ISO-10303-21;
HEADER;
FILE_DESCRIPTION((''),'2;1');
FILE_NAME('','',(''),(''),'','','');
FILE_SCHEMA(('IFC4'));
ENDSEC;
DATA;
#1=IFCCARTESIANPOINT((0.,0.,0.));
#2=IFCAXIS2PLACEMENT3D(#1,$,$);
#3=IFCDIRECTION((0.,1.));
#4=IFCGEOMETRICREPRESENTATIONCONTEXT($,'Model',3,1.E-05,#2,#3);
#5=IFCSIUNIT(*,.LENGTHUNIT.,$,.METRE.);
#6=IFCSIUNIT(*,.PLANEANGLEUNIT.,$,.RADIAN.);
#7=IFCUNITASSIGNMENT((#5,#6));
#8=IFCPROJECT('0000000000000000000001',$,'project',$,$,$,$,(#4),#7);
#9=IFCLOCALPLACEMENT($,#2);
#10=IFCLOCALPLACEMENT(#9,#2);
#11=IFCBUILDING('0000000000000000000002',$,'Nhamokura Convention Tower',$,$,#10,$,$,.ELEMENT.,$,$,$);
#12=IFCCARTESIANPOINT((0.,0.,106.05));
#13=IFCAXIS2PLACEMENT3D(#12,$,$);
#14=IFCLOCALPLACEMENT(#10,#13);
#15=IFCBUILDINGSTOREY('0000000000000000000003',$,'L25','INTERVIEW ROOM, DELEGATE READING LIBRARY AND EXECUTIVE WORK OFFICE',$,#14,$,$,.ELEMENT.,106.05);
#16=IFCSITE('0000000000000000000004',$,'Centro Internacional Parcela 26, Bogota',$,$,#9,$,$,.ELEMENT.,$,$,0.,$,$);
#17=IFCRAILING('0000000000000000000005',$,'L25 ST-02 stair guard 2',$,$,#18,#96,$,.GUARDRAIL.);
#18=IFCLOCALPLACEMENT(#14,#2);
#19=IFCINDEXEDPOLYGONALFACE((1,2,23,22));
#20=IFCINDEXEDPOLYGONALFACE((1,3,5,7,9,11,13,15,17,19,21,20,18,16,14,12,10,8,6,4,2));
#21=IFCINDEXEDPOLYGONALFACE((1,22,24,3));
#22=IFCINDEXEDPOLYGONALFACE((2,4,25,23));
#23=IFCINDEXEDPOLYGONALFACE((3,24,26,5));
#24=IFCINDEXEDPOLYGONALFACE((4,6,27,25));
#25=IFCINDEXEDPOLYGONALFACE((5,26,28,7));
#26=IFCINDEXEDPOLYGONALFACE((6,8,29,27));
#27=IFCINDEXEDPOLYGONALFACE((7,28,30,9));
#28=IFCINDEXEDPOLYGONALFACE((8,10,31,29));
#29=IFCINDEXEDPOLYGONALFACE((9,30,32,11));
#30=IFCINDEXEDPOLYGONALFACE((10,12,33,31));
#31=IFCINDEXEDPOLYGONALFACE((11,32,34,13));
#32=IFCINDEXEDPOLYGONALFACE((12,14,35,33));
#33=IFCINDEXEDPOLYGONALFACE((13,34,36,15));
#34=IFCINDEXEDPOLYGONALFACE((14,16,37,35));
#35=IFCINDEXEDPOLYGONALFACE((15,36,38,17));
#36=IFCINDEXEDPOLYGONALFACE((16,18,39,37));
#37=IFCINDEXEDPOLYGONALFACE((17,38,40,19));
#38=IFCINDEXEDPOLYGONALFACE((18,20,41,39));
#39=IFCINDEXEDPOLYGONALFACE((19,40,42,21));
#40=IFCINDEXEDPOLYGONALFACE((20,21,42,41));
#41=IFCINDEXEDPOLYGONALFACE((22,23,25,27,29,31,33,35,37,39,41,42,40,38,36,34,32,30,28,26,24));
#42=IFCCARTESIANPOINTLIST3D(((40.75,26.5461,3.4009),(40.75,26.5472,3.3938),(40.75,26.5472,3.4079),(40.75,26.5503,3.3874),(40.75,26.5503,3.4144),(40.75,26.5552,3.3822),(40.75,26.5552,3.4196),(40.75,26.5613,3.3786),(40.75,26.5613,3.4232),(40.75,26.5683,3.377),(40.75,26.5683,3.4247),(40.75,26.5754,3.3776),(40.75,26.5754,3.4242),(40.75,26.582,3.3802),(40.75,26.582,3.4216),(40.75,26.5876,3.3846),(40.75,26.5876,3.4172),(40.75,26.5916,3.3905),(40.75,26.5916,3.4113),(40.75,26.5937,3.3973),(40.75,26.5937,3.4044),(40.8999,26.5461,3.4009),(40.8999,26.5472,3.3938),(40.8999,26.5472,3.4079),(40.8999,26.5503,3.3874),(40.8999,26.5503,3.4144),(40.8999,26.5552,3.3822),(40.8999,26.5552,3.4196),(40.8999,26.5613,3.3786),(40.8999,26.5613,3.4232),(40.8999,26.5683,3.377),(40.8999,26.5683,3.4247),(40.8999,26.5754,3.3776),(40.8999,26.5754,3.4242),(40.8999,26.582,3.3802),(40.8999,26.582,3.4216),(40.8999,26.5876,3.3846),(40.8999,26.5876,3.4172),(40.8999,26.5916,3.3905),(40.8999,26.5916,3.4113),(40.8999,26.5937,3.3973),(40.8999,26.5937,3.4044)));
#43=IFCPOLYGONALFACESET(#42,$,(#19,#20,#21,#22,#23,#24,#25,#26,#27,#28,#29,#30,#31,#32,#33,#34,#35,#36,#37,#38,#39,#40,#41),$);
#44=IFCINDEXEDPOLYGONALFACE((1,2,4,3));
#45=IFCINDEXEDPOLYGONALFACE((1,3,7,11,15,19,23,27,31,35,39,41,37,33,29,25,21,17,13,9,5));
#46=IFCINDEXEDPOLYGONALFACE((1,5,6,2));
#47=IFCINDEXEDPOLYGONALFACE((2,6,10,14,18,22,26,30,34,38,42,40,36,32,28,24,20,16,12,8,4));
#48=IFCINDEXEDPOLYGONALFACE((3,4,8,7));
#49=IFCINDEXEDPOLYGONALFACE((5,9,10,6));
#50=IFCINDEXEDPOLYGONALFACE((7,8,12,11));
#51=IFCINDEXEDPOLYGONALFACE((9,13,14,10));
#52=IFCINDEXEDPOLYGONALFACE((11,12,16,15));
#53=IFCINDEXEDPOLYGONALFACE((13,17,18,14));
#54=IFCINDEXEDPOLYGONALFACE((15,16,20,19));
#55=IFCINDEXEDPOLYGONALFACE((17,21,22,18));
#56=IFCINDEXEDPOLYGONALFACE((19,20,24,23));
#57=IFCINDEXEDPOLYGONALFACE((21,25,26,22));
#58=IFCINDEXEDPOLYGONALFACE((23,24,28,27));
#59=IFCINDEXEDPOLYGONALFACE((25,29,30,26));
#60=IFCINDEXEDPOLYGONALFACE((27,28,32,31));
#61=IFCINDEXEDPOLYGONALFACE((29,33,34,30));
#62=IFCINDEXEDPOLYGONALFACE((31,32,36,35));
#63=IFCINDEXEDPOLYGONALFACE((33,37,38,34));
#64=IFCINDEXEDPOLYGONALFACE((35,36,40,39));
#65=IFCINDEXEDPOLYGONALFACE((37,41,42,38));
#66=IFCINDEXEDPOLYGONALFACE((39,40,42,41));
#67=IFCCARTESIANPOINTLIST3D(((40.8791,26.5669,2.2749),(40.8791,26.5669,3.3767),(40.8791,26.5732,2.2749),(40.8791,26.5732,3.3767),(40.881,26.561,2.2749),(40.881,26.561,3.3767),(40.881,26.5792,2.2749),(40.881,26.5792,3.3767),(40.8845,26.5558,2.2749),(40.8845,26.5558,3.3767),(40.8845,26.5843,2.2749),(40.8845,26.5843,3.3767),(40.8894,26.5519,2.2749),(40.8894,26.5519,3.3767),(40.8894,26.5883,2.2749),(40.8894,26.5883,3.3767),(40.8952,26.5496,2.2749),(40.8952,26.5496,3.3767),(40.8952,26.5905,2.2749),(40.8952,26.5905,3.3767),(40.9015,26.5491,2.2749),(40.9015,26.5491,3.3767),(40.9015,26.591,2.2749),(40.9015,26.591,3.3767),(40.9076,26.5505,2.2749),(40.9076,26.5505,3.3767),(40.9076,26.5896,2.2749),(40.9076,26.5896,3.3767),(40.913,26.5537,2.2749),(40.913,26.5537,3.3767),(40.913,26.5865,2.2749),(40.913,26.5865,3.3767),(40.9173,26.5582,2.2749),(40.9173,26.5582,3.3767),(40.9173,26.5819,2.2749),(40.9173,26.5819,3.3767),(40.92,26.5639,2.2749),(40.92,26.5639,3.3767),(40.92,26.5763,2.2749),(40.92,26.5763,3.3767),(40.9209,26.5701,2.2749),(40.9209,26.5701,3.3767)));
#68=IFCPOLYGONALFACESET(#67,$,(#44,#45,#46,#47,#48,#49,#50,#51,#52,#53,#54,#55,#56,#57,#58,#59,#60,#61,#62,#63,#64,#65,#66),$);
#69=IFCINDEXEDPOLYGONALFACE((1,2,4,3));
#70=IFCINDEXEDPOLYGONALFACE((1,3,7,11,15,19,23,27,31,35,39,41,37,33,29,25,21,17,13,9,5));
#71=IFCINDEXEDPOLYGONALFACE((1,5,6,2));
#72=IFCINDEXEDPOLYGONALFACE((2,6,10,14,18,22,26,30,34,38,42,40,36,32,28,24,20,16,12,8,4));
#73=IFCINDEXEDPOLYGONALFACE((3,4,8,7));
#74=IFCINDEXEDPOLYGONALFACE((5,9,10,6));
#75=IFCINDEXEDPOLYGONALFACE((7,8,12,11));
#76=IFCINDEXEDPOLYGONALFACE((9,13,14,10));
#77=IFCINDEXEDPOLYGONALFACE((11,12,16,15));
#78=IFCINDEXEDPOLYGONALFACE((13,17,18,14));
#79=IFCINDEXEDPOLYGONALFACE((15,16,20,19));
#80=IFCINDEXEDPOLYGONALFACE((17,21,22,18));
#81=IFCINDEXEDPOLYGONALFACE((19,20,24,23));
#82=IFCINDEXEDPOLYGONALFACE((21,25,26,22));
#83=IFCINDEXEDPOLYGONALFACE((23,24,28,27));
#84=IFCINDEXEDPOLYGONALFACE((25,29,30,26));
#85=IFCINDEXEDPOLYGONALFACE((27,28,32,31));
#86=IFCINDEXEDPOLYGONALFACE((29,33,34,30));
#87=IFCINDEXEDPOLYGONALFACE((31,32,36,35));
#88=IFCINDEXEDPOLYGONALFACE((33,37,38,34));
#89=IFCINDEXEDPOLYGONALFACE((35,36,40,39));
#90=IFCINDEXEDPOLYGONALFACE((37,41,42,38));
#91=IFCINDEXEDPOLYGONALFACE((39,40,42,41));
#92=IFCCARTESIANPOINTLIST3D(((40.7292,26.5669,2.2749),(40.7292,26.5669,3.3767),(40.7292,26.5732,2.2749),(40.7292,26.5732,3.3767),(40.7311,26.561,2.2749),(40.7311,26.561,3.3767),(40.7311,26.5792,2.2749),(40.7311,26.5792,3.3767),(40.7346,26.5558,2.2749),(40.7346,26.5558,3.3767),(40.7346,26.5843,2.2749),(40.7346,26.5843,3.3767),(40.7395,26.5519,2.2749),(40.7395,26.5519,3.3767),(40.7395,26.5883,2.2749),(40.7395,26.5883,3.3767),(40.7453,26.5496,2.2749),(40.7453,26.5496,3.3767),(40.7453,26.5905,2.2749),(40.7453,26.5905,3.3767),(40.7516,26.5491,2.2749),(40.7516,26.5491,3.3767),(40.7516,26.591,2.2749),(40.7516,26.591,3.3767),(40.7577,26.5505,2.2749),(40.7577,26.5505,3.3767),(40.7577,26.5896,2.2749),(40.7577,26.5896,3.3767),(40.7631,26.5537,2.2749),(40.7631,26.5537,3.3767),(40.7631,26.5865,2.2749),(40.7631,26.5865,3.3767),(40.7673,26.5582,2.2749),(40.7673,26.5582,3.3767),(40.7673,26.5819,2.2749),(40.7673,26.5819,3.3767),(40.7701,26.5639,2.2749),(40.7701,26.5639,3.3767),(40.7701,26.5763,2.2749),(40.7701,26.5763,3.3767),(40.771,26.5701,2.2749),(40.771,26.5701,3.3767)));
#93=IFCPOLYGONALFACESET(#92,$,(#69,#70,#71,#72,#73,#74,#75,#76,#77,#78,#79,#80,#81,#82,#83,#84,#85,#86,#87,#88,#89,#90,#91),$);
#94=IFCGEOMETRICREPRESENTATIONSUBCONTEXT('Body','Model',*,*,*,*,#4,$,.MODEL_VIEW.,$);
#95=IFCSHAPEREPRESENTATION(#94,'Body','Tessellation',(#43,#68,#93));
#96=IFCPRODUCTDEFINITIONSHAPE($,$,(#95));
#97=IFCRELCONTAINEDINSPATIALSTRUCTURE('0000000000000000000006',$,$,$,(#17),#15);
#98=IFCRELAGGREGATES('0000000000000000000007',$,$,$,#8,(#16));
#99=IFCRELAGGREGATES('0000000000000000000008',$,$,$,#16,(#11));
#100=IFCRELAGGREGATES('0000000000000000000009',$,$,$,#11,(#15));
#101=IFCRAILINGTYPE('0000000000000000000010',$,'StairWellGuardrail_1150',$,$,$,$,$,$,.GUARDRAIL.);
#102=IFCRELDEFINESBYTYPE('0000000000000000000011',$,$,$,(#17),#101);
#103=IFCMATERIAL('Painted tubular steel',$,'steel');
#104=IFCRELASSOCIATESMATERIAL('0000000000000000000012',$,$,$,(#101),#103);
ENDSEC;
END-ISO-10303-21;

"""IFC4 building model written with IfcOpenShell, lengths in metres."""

from ifc_helpers import new_model, si_unit, direction, frame, origin, origin_2d, place, context, subcontext, project, spatial, circle, extrude, material, type_object, element, save


model = new_model("IFC4")

# Units and contexts
model_context = context("Model", 3, precision=1e-05, world=origin(), true_north=direction((0.0, 1.0)))
body_context = subcontext(model_context, "Body", "Model", "MODEL_VIEW")
ifc_project = project(units=[si_unit("LENGTHUNIT", "METRE"), si_unit("PLANEANGLEUNIT", "RADIAN")], contexts=[model_context])

# Site, building, storey
site_placement = place(None, origin())
site = spatial("IfcSite", under=ifc_project, at=site_placement, Name="Centro Internacional Parcela 26, Bogota", CompositionType="ELEMENT", RefElevation=0.0)
building_placement = place(site_placement, origin())
building = spatial("IfcBuilding", under=site, at=building_placement, Name="Nhamokura Convention Tower", CompositionType="ELEMENT")
storey_placement = place(building_placement, frame((0.0, 0.0, 106.05)))
storey = spatial("IfcBuildingStorey", under=building, at=storey_placement, Name="L25", Description="INTERVIEW ROOM, DELEGATE READING LIBRARY AND EXECUTIVE WORK OFFICE", CompositionType="ELEMENT", Elevation=106.05)

# Railing
ifc_material_1 = material(Name="Painted tubular steel", Category="steel")
railing_type_1 = type_object("IfcRailingType", Name="StairWellGuardrail_1150", PredefinedType="GUARDRAIL", material=ifc_material_1)
railing_1_placement = place(storey_placement, frame((40.8999, 26.5701, 2.2749)))
element("IfcRailing", 1, at=railing_1_placement, inside=storey, type_object=railing_type_1, Name="L25 ST-02 stair guard 2", PredefinedType="GUARDRAIL", context=body_context, shape_type="SweptSolid", body=[
    extrude(circle(Radius=0.0239, at=origin_2d()), frame((0.0, 0.0, 1.126), z_axis=(-1.0, 0.0, 0.0), x_axis=(0.0, -1.0, 0.0)), (0.0, 0.0, 1.0), 0.1499),
    extrude(circle(Radius=0.021, at=origin_2d()), origin(), (0.0, 0.0, 1.0), 1.1018),
    extrude(circle(Radius=0.021, at=origin_2d()), frame((-0.1499, 0.0, 0.0)), (0.0, 0.0, 1.0), 1.1018),
])

save(model, "model.ifc")
